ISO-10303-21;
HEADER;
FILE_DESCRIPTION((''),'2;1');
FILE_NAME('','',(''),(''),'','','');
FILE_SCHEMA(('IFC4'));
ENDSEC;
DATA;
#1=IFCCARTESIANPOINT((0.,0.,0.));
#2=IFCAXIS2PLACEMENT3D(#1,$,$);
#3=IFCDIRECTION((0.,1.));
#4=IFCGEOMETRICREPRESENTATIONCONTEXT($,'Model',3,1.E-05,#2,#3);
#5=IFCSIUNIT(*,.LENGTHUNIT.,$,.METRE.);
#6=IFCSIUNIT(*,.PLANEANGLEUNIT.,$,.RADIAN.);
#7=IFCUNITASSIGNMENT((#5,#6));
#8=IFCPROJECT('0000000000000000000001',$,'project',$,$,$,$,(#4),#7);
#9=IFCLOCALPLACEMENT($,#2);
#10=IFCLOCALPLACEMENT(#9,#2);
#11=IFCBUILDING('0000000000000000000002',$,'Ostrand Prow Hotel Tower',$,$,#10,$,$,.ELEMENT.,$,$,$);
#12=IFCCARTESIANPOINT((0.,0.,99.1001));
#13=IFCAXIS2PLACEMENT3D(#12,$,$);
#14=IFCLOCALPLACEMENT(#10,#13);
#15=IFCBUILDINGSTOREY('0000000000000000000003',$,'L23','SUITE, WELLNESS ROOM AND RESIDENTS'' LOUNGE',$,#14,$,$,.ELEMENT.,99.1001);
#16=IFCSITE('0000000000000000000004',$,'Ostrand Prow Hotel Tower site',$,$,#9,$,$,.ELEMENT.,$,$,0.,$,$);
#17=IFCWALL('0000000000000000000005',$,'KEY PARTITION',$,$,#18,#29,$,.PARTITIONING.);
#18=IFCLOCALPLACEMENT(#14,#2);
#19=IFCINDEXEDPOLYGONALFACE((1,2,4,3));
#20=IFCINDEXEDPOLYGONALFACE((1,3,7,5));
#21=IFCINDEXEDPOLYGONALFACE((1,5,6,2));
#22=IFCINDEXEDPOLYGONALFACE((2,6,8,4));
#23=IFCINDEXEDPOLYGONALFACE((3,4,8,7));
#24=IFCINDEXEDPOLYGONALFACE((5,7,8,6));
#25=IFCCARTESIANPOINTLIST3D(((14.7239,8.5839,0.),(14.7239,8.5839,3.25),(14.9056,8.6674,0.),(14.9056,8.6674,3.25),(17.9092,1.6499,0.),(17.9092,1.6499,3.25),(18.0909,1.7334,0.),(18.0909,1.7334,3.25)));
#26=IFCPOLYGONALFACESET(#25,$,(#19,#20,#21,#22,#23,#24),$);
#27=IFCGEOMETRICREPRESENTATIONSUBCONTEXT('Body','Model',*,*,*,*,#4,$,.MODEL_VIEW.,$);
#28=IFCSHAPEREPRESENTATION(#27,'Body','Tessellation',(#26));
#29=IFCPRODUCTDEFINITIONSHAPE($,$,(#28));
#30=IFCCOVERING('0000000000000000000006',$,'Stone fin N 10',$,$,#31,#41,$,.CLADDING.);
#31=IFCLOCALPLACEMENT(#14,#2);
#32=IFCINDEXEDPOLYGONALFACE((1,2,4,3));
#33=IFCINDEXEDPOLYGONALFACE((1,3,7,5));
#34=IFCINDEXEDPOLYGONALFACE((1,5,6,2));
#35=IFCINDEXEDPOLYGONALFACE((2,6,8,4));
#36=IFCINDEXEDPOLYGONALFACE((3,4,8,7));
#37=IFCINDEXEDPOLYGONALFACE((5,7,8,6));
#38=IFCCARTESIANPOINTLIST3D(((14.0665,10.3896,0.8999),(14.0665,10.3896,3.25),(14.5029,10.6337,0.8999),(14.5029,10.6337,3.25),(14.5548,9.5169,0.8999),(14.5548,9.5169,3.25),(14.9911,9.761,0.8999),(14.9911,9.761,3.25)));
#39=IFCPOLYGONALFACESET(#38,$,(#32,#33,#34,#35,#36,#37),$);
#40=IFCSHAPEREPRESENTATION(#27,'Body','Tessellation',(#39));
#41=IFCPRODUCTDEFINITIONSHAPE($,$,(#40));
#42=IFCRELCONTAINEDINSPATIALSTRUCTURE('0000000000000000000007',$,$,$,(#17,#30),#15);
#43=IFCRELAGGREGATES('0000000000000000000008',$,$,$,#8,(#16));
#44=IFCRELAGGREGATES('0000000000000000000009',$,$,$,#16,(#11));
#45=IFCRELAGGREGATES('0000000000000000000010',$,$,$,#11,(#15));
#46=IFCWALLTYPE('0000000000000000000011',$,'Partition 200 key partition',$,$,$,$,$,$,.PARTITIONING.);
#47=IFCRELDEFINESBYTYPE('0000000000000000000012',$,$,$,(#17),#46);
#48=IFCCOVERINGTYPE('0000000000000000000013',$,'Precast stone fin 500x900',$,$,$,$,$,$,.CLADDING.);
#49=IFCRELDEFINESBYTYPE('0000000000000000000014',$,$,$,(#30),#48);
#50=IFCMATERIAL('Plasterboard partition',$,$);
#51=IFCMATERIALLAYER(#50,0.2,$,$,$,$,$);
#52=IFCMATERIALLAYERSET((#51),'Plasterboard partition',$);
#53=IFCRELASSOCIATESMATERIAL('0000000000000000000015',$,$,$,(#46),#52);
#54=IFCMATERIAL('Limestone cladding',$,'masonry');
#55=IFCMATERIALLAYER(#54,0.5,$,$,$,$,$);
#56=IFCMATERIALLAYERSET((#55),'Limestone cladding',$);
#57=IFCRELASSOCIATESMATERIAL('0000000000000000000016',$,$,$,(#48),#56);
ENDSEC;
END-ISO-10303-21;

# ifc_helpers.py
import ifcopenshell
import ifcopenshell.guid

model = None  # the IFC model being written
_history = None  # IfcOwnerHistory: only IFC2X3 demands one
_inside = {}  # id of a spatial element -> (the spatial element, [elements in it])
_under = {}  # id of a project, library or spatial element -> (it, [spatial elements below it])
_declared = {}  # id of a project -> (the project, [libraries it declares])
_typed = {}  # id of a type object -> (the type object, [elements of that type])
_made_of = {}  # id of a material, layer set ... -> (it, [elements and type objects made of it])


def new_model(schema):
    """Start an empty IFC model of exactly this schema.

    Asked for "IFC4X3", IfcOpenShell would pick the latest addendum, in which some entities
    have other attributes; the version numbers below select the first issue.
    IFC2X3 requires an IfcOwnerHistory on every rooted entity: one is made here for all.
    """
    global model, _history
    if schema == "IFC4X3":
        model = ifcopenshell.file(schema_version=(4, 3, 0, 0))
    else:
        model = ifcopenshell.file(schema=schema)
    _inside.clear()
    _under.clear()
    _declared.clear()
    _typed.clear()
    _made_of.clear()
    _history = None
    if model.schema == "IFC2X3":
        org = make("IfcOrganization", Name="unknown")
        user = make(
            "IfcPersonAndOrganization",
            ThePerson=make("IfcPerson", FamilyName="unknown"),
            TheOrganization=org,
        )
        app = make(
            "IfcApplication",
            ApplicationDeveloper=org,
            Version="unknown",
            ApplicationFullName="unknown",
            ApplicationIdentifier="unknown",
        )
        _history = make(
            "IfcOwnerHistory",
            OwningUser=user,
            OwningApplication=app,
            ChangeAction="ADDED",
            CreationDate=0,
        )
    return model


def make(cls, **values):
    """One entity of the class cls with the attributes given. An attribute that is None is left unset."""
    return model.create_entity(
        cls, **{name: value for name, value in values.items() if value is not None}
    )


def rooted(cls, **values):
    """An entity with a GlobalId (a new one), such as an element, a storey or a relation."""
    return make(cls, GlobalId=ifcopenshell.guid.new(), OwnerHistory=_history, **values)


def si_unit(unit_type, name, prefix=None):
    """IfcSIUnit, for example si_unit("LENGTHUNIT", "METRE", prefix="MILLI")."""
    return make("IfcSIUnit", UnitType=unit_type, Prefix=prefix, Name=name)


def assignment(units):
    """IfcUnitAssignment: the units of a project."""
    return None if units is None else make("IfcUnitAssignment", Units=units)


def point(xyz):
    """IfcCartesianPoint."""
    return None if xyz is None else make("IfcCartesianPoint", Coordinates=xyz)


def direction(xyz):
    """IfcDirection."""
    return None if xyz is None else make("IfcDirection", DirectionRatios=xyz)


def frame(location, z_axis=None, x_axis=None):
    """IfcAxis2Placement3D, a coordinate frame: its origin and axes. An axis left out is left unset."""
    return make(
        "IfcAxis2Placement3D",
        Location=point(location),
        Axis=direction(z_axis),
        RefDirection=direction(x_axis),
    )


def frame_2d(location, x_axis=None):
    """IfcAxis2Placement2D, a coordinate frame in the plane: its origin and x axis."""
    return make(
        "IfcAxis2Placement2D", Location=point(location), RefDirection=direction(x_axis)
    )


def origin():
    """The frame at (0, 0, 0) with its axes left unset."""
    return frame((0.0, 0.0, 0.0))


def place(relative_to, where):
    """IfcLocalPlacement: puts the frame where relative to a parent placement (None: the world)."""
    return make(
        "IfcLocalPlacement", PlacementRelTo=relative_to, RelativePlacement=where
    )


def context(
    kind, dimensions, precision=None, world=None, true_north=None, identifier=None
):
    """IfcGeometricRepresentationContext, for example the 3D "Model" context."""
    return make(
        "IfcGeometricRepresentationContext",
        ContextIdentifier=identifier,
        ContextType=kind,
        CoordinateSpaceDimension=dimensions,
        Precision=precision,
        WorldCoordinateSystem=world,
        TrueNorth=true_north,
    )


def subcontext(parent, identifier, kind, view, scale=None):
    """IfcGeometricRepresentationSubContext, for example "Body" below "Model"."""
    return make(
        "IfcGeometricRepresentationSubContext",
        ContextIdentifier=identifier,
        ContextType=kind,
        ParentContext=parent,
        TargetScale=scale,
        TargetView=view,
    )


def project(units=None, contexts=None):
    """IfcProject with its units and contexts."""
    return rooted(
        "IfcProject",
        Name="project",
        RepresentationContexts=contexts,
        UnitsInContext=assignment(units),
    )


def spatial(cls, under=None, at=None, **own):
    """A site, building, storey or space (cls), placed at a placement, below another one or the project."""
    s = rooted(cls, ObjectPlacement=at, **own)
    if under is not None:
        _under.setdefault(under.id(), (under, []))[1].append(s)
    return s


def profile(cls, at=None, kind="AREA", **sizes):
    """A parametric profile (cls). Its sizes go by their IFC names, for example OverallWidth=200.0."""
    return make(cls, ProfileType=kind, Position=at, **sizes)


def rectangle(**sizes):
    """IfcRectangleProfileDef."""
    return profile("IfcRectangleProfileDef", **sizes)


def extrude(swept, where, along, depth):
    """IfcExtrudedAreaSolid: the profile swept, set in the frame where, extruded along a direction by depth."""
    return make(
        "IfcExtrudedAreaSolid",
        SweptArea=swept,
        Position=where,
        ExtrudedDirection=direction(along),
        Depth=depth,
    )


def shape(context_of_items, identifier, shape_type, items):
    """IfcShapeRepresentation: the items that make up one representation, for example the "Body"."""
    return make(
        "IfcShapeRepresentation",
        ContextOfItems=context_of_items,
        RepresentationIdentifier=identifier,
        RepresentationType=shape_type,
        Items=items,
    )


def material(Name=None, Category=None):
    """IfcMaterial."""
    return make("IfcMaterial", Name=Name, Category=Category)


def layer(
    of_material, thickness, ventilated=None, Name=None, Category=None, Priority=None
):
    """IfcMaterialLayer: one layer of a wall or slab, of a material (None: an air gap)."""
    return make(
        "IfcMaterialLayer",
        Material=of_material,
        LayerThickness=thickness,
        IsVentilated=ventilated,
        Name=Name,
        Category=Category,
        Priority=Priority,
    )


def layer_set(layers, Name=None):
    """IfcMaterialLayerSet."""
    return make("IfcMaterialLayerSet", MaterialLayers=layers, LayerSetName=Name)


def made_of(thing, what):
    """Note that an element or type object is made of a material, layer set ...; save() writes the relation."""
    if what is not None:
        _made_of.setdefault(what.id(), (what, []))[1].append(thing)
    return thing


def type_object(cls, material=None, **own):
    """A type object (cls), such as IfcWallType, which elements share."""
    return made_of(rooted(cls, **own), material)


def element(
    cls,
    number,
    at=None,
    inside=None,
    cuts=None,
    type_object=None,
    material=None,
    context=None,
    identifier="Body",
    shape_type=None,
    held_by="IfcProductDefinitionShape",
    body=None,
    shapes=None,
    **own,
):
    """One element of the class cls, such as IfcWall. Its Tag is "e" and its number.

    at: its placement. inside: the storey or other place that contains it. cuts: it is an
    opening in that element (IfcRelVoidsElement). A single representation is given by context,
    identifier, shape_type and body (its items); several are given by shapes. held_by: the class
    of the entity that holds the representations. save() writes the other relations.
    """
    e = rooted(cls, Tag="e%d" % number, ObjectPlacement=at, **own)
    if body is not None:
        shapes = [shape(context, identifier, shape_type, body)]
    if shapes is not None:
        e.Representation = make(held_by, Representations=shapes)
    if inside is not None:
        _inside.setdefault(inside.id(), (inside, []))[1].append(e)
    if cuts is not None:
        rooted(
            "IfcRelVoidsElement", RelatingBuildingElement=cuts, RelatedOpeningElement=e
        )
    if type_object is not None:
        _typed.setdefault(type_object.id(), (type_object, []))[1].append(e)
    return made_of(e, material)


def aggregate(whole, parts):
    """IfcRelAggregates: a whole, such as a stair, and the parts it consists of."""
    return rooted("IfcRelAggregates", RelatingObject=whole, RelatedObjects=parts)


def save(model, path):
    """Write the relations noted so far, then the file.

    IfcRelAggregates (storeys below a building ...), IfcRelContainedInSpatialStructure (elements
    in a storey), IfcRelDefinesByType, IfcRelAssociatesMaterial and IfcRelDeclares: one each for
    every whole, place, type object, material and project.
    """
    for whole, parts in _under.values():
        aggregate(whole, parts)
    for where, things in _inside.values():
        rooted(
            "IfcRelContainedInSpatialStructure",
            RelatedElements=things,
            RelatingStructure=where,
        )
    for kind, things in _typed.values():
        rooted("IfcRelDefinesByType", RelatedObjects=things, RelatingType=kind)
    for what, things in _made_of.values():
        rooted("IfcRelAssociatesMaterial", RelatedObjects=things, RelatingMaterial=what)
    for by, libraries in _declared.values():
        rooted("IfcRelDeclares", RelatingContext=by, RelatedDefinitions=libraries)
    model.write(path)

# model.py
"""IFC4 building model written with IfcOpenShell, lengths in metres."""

from ifc_helpers import new_model, si_unit, direction, frame, frame_2d, origin, place, context, subcontext, project, spatial, rectangle, extrude, material, layer, layer_set, type_object, element, save


model = new_model("IFC4")

# Units and contexts
model_context = context("Model", 3, precision=1e-05, world=origin(), true_north=direction((0.0, 1.0)))
body_context = subcontext(model_context, "Body", "Model", "MODEL_VIEW")
ifc_project = project(units=[si_unit("LENGTHUNIT", "METRE"), si_unit("PLANEANGLEUNIT", "RADIAN")], contexts=[model_context])

# Site, building, storey
site_placement = place(None, origin())
site = spatial("IfcSite", under=ifc_project, at=site_placement, Name="Ostrand Prow Hotel Tower site", CompositionType="ELEMENT", RefElevation=0.0)
building_placement = place(site_placement, origin())
building = spatial("IfcBuilding", under=site, at=building_placement, Name="Ostrand Prow Hotel Tower", CompositionType="ELEMENT")
storey_placement = place(building_placement, frame((0.0, 0.0, 99.1001)))
storey = spatial("IfcBuildingStorey", under=building, at=storey_placement, Name="L23", Description="SUITE, WELLNESS ROOM AND RESIDENTS' LOUNGE", CompositionType="ELEMENT", Elevation=99.1001)

# Wall
ifc_material_1 = material(Name="Plasterboard partition")
ifc_layer_1 = layer(ifc_material_1, 0.2)
ifc_layer_set_1 = layer_set([ifc_layer_1], Name="Plasterboard partition")
wall_type_1 = type_object("IfcWallType", Name="Partition 200 key partition", PredefinedType="PARTITIONING", material=ifc_layer_set_1)
wall_1_placement = place(storey_placement, frame((14.8147, 8.6257, 0.0), z_axis=(0.0, 0.0, 1.0), x_axis=(0.417432, -0.908708, 0.0)))
element("IfcWall", 1, at=wall_1_placement, inside=storey, type_object=wall_type_1, Name="KEY PARTITION", PredefinedType="PARTITIONING", context=body_context, shape_type="SweptSolid", body=[
    extrude(rectangle(XDim=7.6306, YDim=0.2, at=frame_2d((3.8154, 0.0))), origin(), (0.0, 0.0, 1.0), 3.25),
])

# Covering
ifc_material_2 = material(Name="Limestone cladding", Category="masonry")
ifc_layer_2 = layer(ifc_material_2, 0.5)
ifc_layer_set_2 = layer_set([ifc_layer_2], Name="Limestone cladding")
covering_type = type_object("IfcCoveringType", Name="Precast stone fin 500x900", PredefinedType="CLADDING", material=ifc_layer_set_2)
covering_placement = place(storey_placement, frame((14.7729, 9.6389, 0.8999), z_axis=(0.0, 0.0, 1.0), x_axis=(-0.488232, 0.872714, 0.0)))
element("IfcCovering", 2, at=covering_placement, inside=storey, type_object=covering_type, Name="Stone fin N 10", PredefinedType="CLADDING", context=body_context, shape_type="SweptSolid", body=[
    extrude(rectangle(XDim=1.0, YDim=0.5, at=frame_2d((0.5, 0.0))), origin(), (0.0, 0.0, 1.0), 2.3501),
])

save(model, "model.ifc")
